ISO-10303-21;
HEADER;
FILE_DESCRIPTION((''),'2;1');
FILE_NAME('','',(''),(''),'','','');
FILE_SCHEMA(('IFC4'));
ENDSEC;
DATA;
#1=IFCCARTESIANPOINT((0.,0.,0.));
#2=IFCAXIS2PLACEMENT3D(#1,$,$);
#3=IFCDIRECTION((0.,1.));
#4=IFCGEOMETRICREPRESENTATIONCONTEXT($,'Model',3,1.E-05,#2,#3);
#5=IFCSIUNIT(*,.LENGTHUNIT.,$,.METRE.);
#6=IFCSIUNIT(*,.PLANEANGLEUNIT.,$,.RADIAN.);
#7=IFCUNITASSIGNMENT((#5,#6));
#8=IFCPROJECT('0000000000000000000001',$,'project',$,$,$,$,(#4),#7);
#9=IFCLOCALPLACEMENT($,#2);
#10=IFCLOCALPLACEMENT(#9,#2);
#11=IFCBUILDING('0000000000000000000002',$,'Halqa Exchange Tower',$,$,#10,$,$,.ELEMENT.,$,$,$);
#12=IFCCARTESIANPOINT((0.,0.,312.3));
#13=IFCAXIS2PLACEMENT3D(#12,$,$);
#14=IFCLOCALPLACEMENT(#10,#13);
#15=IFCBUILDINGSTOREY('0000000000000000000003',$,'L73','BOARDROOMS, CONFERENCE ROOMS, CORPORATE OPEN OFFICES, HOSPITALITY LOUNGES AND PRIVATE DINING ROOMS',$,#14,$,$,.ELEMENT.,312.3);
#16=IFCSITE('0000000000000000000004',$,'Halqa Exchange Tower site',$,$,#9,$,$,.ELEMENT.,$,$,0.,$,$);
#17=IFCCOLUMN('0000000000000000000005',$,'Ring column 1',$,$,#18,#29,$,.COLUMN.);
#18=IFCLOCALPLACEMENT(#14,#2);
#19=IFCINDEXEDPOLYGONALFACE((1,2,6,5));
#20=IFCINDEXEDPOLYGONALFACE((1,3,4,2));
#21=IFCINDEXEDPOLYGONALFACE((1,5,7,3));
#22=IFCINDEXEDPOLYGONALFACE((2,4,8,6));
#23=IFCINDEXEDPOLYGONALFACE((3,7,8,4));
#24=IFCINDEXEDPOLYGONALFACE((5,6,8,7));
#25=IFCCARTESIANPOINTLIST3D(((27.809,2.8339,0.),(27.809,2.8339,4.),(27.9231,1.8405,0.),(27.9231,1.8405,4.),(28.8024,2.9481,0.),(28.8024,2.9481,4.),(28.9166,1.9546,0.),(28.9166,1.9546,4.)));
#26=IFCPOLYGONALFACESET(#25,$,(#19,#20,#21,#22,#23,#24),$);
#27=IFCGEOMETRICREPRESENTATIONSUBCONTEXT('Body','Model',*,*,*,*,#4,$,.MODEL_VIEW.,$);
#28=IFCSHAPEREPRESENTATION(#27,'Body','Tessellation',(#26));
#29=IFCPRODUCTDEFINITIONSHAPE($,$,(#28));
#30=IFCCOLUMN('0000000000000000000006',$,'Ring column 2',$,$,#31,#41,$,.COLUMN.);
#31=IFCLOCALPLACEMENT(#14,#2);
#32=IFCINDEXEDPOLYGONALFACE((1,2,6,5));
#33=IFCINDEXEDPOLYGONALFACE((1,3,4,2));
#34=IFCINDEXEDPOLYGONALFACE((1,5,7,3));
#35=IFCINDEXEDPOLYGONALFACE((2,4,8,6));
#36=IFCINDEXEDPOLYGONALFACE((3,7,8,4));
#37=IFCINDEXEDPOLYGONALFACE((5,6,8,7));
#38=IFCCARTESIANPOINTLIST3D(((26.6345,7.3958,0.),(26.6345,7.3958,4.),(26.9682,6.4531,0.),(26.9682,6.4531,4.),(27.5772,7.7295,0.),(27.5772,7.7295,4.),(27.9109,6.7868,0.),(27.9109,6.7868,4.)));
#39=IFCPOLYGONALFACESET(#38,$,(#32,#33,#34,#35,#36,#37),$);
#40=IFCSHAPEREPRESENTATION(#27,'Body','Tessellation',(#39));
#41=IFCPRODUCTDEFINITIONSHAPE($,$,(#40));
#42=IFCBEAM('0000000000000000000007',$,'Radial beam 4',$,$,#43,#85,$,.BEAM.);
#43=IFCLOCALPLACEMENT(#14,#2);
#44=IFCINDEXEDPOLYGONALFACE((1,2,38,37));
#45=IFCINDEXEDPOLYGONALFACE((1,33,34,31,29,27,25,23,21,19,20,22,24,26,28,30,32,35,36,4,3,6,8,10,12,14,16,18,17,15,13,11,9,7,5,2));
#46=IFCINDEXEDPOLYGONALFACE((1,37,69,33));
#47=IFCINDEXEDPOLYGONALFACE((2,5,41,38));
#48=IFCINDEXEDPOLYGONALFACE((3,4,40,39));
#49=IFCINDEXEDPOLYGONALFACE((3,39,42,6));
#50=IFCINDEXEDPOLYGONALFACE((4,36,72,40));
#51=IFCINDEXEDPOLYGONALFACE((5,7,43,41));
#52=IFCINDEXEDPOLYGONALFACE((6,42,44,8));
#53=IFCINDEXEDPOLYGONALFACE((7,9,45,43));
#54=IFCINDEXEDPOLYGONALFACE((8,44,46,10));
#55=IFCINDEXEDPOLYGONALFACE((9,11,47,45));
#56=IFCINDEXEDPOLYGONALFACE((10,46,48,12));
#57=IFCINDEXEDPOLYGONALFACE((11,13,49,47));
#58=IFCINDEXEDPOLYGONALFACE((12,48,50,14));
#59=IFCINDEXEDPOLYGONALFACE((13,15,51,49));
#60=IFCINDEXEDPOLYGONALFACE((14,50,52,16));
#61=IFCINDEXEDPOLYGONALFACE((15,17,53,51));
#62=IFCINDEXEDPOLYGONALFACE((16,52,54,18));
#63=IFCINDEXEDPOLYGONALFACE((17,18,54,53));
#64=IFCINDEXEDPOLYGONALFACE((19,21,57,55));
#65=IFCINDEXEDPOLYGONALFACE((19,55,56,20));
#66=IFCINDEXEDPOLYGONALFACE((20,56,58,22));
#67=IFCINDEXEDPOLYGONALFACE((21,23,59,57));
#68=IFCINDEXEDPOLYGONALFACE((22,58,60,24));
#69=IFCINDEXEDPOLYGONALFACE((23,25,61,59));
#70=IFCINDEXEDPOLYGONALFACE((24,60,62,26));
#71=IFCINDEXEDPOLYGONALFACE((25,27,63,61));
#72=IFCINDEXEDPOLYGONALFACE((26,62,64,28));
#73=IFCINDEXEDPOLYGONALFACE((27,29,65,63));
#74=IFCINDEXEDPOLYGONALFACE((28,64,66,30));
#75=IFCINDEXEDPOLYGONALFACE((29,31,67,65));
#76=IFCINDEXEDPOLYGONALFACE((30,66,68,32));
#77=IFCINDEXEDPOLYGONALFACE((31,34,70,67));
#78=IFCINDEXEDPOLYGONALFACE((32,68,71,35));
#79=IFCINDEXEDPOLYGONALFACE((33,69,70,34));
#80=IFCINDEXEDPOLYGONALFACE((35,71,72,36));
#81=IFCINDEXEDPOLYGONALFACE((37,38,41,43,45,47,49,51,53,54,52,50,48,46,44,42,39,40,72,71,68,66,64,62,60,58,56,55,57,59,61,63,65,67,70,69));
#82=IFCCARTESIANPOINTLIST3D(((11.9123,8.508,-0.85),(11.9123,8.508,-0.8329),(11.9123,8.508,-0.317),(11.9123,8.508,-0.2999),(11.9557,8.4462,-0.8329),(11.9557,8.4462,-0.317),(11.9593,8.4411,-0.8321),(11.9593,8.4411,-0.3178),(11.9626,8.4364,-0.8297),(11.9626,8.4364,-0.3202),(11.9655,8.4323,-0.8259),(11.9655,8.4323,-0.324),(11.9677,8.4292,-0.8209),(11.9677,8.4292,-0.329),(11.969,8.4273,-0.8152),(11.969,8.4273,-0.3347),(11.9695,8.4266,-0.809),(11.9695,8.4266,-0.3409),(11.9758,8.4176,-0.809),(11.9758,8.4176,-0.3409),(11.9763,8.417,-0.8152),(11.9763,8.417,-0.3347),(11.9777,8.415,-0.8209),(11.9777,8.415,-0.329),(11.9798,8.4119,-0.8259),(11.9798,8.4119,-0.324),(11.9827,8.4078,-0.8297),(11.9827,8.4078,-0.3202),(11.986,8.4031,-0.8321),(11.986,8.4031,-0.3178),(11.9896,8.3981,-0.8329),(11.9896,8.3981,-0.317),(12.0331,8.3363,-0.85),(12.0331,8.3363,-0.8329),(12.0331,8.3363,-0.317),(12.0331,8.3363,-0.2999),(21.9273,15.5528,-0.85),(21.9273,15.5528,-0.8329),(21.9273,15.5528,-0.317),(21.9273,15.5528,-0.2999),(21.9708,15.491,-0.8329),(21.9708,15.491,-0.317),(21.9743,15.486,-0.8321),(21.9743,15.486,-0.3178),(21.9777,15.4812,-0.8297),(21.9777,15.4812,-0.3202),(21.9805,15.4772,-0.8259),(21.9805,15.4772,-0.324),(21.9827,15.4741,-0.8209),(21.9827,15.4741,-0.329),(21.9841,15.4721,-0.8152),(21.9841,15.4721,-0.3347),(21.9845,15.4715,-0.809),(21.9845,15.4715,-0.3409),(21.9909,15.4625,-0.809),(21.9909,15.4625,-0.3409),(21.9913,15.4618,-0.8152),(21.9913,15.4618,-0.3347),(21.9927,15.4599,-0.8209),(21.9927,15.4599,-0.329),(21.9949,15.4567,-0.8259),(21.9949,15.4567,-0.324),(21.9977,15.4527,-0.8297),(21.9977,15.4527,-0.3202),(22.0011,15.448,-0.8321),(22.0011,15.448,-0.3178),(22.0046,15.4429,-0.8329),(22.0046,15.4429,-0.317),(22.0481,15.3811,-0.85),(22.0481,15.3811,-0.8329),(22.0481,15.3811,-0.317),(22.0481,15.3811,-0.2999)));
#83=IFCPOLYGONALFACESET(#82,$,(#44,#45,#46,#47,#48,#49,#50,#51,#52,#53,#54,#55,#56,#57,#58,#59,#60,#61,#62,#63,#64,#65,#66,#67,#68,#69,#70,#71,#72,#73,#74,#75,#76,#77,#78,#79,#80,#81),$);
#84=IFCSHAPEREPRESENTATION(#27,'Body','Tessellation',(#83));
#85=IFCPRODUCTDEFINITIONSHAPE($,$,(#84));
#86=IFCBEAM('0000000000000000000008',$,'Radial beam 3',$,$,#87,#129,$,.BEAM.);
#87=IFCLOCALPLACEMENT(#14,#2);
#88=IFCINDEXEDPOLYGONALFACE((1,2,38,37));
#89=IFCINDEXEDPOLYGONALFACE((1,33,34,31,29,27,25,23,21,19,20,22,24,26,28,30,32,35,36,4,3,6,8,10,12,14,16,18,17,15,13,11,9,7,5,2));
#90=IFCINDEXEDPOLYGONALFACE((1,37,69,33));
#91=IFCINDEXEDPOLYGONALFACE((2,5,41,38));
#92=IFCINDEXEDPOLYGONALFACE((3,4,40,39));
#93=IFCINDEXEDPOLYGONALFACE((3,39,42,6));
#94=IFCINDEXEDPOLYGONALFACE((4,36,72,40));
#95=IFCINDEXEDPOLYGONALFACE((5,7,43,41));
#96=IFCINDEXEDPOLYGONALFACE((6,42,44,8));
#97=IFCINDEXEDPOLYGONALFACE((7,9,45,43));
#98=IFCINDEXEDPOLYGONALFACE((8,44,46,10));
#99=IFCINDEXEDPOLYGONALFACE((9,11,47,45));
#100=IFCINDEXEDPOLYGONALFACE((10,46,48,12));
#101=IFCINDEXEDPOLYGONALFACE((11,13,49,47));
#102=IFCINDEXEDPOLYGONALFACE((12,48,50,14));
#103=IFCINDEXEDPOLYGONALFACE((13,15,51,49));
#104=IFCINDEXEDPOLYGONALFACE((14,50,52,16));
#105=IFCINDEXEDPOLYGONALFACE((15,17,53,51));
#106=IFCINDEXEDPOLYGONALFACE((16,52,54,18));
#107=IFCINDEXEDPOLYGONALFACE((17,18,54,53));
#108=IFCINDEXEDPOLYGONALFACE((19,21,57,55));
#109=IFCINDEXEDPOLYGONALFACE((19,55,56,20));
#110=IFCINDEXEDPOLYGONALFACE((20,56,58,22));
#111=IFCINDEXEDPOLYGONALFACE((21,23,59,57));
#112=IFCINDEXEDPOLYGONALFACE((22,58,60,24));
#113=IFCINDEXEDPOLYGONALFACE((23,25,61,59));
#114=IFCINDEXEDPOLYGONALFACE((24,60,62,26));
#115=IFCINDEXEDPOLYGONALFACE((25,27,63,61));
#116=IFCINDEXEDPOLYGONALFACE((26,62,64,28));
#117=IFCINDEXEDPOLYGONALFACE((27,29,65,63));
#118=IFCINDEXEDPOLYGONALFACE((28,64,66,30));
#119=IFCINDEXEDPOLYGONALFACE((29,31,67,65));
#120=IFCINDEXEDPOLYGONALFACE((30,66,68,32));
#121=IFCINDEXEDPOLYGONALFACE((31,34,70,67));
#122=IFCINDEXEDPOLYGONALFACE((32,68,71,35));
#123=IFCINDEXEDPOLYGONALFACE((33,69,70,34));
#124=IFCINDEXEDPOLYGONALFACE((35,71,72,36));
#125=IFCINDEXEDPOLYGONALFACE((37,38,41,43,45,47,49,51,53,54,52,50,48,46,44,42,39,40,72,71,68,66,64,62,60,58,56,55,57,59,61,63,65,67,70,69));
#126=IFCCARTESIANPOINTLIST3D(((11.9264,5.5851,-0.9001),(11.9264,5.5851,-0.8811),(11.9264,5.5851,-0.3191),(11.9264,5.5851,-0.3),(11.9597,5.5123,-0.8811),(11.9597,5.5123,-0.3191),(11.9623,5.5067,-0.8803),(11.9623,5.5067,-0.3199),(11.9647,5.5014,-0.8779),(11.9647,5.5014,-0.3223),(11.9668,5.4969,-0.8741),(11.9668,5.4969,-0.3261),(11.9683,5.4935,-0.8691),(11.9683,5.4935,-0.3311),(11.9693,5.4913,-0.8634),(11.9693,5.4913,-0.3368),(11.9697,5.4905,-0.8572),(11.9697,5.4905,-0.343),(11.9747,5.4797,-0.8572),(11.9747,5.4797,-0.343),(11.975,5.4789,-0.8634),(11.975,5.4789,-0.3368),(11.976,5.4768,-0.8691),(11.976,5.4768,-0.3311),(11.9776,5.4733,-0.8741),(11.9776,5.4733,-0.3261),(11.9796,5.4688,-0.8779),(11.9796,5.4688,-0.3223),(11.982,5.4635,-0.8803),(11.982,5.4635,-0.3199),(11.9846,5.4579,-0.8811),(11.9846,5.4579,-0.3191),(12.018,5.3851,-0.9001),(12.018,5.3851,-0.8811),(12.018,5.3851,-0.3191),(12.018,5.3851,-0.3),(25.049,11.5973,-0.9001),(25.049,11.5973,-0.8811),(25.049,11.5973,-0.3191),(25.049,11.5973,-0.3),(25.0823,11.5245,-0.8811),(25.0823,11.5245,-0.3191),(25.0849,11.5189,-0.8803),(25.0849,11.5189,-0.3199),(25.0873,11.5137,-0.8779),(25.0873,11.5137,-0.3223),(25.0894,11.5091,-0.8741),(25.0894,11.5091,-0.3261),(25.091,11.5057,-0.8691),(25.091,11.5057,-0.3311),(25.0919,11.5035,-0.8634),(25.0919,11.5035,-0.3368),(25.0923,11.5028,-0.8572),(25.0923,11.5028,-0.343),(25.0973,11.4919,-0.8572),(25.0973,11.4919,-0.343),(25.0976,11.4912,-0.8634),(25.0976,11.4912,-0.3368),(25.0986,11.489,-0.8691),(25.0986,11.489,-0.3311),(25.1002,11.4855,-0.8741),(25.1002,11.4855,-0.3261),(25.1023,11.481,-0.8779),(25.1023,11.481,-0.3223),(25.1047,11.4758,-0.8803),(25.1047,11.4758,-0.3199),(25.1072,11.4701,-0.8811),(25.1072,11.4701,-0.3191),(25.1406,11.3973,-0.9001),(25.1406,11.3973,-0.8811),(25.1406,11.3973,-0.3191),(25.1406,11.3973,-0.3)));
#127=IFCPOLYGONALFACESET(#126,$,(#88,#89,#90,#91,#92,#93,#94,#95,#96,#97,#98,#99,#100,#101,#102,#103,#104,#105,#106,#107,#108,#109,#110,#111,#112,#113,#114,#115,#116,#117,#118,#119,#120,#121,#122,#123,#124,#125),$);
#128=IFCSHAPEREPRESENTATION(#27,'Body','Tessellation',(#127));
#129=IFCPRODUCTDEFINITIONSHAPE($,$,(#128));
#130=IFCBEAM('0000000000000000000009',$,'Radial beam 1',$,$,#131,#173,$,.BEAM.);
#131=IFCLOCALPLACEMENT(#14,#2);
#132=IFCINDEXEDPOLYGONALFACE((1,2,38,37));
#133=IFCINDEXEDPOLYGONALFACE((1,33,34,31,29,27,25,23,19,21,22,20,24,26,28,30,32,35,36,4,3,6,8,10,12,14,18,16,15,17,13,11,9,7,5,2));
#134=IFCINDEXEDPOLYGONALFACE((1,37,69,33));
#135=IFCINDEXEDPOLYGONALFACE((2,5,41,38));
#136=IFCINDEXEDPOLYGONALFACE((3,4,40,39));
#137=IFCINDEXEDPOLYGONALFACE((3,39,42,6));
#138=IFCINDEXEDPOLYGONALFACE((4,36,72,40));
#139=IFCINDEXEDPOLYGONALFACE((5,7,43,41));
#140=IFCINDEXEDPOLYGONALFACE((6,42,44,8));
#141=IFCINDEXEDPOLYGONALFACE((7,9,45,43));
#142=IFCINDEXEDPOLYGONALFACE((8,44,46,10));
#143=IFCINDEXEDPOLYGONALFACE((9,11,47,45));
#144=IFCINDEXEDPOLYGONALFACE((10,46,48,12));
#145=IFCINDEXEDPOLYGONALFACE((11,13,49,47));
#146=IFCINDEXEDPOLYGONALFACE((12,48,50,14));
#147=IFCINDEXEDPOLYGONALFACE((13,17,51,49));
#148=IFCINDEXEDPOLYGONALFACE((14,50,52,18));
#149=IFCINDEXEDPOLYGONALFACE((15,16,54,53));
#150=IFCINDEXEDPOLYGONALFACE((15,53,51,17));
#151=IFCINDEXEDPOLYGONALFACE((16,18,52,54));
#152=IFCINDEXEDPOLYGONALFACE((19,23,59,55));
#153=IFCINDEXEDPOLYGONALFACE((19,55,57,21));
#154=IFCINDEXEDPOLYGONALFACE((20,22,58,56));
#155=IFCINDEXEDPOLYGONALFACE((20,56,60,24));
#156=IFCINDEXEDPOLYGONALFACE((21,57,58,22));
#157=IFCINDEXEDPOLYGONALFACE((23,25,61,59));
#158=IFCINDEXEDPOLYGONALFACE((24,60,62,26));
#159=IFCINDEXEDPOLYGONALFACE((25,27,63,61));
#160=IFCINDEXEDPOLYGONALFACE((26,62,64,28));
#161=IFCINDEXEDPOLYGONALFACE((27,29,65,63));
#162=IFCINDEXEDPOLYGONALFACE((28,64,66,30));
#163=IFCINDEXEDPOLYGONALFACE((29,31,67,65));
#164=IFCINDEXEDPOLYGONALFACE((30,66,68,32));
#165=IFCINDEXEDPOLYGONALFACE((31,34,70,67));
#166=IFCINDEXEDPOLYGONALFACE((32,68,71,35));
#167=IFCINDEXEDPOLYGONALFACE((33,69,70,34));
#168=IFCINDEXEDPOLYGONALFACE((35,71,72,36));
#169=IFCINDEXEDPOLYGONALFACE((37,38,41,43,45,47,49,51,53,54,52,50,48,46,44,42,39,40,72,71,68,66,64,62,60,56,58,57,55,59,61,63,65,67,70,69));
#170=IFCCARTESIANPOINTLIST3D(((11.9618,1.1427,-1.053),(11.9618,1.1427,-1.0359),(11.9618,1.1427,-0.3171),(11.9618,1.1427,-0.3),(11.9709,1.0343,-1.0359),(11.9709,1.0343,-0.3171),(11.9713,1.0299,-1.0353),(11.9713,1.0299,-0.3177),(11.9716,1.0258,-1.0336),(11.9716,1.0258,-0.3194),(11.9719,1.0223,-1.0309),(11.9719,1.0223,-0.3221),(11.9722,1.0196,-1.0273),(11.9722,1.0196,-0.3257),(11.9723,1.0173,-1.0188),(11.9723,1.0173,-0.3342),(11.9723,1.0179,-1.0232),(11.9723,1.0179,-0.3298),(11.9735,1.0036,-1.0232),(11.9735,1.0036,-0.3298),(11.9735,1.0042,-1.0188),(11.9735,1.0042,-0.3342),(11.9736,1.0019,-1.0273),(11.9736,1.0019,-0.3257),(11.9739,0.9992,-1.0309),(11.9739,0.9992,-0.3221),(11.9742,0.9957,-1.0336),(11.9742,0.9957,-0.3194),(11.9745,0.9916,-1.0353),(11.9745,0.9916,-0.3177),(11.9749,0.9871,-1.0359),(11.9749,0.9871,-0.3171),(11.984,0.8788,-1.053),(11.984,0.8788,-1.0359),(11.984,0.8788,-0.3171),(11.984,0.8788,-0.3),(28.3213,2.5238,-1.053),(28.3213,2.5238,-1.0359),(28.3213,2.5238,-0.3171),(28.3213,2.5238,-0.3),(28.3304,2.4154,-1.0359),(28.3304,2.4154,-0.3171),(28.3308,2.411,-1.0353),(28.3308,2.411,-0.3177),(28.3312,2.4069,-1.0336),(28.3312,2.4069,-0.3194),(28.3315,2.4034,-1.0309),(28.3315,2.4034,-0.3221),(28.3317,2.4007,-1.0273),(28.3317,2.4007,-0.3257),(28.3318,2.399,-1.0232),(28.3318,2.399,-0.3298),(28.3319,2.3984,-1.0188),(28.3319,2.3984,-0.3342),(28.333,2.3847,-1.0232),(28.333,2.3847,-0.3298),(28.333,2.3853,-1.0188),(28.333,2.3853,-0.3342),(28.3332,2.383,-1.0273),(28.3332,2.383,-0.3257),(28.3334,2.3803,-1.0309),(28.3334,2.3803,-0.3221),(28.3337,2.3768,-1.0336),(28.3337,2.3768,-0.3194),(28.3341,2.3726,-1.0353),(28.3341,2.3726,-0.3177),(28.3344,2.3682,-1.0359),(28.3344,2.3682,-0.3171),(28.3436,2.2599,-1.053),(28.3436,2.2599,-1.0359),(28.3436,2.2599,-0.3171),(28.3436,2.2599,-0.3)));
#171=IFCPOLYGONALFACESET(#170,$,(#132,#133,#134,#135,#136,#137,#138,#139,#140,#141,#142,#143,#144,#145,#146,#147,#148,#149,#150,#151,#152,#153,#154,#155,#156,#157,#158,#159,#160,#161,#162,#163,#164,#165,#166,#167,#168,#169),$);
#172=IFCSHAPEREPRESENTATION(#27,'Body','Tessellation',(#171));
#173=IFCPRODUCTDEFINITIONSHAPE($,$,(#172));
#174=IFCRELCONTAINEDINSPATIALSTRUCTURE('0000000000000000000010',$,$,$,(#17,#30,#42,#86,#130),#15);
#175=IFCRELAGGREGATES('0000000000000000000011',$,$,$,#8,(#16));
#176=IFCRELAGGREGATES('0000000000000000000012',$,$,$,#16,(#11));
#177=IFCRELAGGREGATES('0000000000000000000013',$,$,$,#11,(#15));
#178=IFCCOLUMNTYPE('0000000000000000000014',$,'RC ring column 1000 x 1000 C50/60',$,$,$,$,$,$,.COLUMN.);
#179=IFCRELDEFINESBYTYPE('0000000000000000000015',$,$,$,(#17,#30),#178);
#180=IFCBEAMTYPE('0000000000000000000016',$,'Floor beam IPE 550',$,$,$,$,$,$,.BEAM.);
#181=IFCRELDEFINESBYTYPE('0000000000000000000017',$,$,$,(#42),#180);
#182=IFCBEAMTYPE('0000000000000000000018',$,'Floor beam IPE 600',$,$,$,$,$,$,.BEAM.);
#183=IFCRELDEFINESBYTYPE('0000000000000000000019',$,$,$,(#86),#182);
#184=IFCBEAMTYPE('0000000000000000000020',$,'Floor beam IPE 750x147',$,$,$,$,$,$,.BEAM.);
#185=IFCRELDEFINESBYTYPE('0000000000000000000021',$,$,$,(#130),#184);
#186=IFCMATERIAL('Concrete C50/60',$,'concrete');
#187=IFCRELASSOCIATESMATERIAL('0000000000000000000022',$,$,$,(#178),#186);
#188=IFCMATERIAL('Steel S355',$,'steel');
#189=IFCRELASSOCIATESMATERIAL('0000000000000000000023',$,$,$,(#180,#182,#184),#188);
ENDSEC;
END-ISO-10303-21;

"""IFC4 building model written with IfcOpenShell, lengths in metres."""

from ifc_helpers import new_model, si_unit, direction, frame, origin, origin_2d, place, context, subcontext, project, spatial, rectangle, i_section, extrude, material, material_profile, profile_set, type_object, element, save


model = new_model("IFC4")

# Units and contexts
model_context = context("Model", 3, precision=1e-05, world=origin(), true_north=direction((0.0, 1.0)))
body_context = subcontext(model_context, "Body", "Model", "MODEL_VIEW")
ifc_project = project(units=[si_unit("LENGTHUNIT", "METRE"), si_unit("PLANEANGLEUNIT", "RADIAN")], contexts=[model_context])

# Site, building, storey
site_placement = place(None, origin())
site = spatial("IfcSite", under=ifc_project, at=site_placement, Name="Halqa Exchange Tower site", CompositionType="ELEMENT", RefElevation=0.0)
building_placement = place(site_placement, origin())
building = spatial("IfcBuilding", under=site, at=building_placement, Name="Halqa Exchange Tower", CompositionType="ELEMENT")
storey_placement = place(building_placement, frame((0.0, 0.0, 312.3)))
storey = spatial("IfcBuildingStorey", under=building, at=storey_placement, Name="L73", Description="BOARDROOMS, CONFERENCE ROOMS, CORPORATE OPEN OFFICES, HOSPITALITY LOUNGES AND PRIVATE DINING ROOMS", CompositionType="ELEMENT", Elevation=312.3)

# Columns
ifc_material_1 = material(Name="Concrete C50/60", Category="concrete")
ifc_material_profile_1 = material_profile(ifc_material_1, rectangle(XDim=1.0, YDim=1.0, at=origin_2d()), Name="1000 x 1000")
ifc_profile_set_1 = profile_set([ifc_material_profile_1], Name="Concrete C50/60")
column_type = type_object("IfcColumnType", Name="RC ring column 1000 x 1000 C50/60", PredefinedType="COLUMN", material=ifc_profile_set_1)
for number, where, z_axis, x_axis, name in (
    (1, (28.3628, 2.3943, 0.0), (0.0, 0.0, 1.0), (-0.11416, 0.993462, 0.0), "Ring column 1"),
    (2, (27.2727, 7.0913, 0.0), (0.0, 0.0, 1.0), (-0.333624, 0.942706, 0.0), "Ring column 2"),
):
    element("IfcColumn", number, at=place(storey_placement, frame(where, z_axis=z_axis, x_axis=x_axis)), inside=storey, type_object=column_type, Name=name, PredefinedType="COLUMN", context=body_context, shape_type="SweptSolid", body=[
        extrude(rectangle(XDim=1.0, YDim=1.0, at=origin_2d()), origin(), (0.0, 0.0, 1.0), 4.0),
    ])

# Beams
ifc_material_2 = material(Name="Steel S355", Category="steel")
ifc_material_profile_2 = material_profile(ifc_material_2, i_section(OverallWidth=0.21, OverallDepth=0.55, WebThickness=0.011, FlangeThickness=0.0171, FilletRadius=0.0239, at=origin_2d()), Name="IPE 550")
ifc_profile_set_2 = profile_set([ifc_material_profile_2], Name="Steel S355")
beam_type_1 = type_object("IfcBeamType", Name="Floor beam IPE 550", PredefinedType="BEAM", material=ifc_profile_set_2)
beam_1_placement = place(storey_placement, frame((11.9727, 8.4221, -0.575), z_axis=(0.817913, 0.575342, 0.0), x_axis=(-0.575342, 0.817913, 0.0)))
element("IfcBeam", 3, at=beam_1_placement, inside=storey, type_object=beam_type_1, Name="Radial beam 4", PredefinedType="BEAM", context=body_context, shape_type="SweptSolid", body=[
    extrude(i_section(OverallWidth=0.21, OverallDepth=0.55, WebThickness=0.011, FlangeThickness=0.0171, FilletRadius=0.0239, at=origin_2d()), origin(), (0.0, 0.0, 1.0), 12.2446),
])
ifc_material_profile_3 = material_profile(ifc_material_2, i_section(OverallWidth=0.22, OverallDepth=0.6001, WebThickness=0.012, FlangeThickness=0.019, FilletRadius=0.0239, at=origin_2d()), Name="IPE 600")
ifc_profile_set_3 = profile_set([ifc_material_profile_3], Name="Steel S355")
beam_type_2 = type_object("IfcBeamType", Name="Floor beam IPE 600", PredefinedType="BEAM", material=ifc_profile_set_3)
beam_2_placement = place(storey_placement, frame((11.9722, 5.4851, -0.6001), z_axis=(0.909125, 0.416523, 0.0), x_axis=(-0.416523, 0.909125, 0.0)))
element("IfcBeam", 4, at=beam_2_placement, inside=storey, type_object=beam_type_2, Name="Radial beam 3", PredefinedType="BEAM", context=body_context, shape_type="SweptSolid", body=[
    extrude(i_section(OverallWidth=0.22, OverallDepth=0.6001, WebThickness=0.012, FlangeThickness=0.019, FilletRadius=0.0239, at=origin_2d()), origin(), (0.0, 0.0, 1.0), 14.4343),
])
ifc_material_profile_4 = material_profile(ifc_material_2, i_section(OverallWidth=0.2649, OverallDepth=0.7529, WebThickness=0.0132, FlangeThickness=0.0171, FilletRadius=0.0171, at=origin_2d()), Name="IPE 750x147")
ifc_profile_set_4 = profile_set([ifc_material_profile_4], Name="Steel S355")
beam_type_3 = type_object("IfcBeamType", Name="Floor beam IPE 750x147", PredefinedType="BEAM", material=ifc_profile_set_4)
beam_3_placement = place(storey_placement, frame((11.9729, 1.0107, -0.6765), z_axis=(0.996455, 0.084122, 0.0), x_axis=(-0.084122, 0.996455, 0.0)))
element("IfcBeam", 5, at=beam_3_placement, inside=storey, type_object=beam_type_3, Name="Radial beam 1", PredefinedType="BEAM", context=body_context, shape_type="SweptSolid", body=[
    extrude(i_section(OverallWidth=0.2649, OverallDepth=0.7529, WebThickness=0.0132, FlangeThickness=0.0171, FilletRadius=0.0171, at=origin_2d()), origin(), (0.0, 0.0, 1.0), 16.4177),
])

save(model, "model.ifc")
